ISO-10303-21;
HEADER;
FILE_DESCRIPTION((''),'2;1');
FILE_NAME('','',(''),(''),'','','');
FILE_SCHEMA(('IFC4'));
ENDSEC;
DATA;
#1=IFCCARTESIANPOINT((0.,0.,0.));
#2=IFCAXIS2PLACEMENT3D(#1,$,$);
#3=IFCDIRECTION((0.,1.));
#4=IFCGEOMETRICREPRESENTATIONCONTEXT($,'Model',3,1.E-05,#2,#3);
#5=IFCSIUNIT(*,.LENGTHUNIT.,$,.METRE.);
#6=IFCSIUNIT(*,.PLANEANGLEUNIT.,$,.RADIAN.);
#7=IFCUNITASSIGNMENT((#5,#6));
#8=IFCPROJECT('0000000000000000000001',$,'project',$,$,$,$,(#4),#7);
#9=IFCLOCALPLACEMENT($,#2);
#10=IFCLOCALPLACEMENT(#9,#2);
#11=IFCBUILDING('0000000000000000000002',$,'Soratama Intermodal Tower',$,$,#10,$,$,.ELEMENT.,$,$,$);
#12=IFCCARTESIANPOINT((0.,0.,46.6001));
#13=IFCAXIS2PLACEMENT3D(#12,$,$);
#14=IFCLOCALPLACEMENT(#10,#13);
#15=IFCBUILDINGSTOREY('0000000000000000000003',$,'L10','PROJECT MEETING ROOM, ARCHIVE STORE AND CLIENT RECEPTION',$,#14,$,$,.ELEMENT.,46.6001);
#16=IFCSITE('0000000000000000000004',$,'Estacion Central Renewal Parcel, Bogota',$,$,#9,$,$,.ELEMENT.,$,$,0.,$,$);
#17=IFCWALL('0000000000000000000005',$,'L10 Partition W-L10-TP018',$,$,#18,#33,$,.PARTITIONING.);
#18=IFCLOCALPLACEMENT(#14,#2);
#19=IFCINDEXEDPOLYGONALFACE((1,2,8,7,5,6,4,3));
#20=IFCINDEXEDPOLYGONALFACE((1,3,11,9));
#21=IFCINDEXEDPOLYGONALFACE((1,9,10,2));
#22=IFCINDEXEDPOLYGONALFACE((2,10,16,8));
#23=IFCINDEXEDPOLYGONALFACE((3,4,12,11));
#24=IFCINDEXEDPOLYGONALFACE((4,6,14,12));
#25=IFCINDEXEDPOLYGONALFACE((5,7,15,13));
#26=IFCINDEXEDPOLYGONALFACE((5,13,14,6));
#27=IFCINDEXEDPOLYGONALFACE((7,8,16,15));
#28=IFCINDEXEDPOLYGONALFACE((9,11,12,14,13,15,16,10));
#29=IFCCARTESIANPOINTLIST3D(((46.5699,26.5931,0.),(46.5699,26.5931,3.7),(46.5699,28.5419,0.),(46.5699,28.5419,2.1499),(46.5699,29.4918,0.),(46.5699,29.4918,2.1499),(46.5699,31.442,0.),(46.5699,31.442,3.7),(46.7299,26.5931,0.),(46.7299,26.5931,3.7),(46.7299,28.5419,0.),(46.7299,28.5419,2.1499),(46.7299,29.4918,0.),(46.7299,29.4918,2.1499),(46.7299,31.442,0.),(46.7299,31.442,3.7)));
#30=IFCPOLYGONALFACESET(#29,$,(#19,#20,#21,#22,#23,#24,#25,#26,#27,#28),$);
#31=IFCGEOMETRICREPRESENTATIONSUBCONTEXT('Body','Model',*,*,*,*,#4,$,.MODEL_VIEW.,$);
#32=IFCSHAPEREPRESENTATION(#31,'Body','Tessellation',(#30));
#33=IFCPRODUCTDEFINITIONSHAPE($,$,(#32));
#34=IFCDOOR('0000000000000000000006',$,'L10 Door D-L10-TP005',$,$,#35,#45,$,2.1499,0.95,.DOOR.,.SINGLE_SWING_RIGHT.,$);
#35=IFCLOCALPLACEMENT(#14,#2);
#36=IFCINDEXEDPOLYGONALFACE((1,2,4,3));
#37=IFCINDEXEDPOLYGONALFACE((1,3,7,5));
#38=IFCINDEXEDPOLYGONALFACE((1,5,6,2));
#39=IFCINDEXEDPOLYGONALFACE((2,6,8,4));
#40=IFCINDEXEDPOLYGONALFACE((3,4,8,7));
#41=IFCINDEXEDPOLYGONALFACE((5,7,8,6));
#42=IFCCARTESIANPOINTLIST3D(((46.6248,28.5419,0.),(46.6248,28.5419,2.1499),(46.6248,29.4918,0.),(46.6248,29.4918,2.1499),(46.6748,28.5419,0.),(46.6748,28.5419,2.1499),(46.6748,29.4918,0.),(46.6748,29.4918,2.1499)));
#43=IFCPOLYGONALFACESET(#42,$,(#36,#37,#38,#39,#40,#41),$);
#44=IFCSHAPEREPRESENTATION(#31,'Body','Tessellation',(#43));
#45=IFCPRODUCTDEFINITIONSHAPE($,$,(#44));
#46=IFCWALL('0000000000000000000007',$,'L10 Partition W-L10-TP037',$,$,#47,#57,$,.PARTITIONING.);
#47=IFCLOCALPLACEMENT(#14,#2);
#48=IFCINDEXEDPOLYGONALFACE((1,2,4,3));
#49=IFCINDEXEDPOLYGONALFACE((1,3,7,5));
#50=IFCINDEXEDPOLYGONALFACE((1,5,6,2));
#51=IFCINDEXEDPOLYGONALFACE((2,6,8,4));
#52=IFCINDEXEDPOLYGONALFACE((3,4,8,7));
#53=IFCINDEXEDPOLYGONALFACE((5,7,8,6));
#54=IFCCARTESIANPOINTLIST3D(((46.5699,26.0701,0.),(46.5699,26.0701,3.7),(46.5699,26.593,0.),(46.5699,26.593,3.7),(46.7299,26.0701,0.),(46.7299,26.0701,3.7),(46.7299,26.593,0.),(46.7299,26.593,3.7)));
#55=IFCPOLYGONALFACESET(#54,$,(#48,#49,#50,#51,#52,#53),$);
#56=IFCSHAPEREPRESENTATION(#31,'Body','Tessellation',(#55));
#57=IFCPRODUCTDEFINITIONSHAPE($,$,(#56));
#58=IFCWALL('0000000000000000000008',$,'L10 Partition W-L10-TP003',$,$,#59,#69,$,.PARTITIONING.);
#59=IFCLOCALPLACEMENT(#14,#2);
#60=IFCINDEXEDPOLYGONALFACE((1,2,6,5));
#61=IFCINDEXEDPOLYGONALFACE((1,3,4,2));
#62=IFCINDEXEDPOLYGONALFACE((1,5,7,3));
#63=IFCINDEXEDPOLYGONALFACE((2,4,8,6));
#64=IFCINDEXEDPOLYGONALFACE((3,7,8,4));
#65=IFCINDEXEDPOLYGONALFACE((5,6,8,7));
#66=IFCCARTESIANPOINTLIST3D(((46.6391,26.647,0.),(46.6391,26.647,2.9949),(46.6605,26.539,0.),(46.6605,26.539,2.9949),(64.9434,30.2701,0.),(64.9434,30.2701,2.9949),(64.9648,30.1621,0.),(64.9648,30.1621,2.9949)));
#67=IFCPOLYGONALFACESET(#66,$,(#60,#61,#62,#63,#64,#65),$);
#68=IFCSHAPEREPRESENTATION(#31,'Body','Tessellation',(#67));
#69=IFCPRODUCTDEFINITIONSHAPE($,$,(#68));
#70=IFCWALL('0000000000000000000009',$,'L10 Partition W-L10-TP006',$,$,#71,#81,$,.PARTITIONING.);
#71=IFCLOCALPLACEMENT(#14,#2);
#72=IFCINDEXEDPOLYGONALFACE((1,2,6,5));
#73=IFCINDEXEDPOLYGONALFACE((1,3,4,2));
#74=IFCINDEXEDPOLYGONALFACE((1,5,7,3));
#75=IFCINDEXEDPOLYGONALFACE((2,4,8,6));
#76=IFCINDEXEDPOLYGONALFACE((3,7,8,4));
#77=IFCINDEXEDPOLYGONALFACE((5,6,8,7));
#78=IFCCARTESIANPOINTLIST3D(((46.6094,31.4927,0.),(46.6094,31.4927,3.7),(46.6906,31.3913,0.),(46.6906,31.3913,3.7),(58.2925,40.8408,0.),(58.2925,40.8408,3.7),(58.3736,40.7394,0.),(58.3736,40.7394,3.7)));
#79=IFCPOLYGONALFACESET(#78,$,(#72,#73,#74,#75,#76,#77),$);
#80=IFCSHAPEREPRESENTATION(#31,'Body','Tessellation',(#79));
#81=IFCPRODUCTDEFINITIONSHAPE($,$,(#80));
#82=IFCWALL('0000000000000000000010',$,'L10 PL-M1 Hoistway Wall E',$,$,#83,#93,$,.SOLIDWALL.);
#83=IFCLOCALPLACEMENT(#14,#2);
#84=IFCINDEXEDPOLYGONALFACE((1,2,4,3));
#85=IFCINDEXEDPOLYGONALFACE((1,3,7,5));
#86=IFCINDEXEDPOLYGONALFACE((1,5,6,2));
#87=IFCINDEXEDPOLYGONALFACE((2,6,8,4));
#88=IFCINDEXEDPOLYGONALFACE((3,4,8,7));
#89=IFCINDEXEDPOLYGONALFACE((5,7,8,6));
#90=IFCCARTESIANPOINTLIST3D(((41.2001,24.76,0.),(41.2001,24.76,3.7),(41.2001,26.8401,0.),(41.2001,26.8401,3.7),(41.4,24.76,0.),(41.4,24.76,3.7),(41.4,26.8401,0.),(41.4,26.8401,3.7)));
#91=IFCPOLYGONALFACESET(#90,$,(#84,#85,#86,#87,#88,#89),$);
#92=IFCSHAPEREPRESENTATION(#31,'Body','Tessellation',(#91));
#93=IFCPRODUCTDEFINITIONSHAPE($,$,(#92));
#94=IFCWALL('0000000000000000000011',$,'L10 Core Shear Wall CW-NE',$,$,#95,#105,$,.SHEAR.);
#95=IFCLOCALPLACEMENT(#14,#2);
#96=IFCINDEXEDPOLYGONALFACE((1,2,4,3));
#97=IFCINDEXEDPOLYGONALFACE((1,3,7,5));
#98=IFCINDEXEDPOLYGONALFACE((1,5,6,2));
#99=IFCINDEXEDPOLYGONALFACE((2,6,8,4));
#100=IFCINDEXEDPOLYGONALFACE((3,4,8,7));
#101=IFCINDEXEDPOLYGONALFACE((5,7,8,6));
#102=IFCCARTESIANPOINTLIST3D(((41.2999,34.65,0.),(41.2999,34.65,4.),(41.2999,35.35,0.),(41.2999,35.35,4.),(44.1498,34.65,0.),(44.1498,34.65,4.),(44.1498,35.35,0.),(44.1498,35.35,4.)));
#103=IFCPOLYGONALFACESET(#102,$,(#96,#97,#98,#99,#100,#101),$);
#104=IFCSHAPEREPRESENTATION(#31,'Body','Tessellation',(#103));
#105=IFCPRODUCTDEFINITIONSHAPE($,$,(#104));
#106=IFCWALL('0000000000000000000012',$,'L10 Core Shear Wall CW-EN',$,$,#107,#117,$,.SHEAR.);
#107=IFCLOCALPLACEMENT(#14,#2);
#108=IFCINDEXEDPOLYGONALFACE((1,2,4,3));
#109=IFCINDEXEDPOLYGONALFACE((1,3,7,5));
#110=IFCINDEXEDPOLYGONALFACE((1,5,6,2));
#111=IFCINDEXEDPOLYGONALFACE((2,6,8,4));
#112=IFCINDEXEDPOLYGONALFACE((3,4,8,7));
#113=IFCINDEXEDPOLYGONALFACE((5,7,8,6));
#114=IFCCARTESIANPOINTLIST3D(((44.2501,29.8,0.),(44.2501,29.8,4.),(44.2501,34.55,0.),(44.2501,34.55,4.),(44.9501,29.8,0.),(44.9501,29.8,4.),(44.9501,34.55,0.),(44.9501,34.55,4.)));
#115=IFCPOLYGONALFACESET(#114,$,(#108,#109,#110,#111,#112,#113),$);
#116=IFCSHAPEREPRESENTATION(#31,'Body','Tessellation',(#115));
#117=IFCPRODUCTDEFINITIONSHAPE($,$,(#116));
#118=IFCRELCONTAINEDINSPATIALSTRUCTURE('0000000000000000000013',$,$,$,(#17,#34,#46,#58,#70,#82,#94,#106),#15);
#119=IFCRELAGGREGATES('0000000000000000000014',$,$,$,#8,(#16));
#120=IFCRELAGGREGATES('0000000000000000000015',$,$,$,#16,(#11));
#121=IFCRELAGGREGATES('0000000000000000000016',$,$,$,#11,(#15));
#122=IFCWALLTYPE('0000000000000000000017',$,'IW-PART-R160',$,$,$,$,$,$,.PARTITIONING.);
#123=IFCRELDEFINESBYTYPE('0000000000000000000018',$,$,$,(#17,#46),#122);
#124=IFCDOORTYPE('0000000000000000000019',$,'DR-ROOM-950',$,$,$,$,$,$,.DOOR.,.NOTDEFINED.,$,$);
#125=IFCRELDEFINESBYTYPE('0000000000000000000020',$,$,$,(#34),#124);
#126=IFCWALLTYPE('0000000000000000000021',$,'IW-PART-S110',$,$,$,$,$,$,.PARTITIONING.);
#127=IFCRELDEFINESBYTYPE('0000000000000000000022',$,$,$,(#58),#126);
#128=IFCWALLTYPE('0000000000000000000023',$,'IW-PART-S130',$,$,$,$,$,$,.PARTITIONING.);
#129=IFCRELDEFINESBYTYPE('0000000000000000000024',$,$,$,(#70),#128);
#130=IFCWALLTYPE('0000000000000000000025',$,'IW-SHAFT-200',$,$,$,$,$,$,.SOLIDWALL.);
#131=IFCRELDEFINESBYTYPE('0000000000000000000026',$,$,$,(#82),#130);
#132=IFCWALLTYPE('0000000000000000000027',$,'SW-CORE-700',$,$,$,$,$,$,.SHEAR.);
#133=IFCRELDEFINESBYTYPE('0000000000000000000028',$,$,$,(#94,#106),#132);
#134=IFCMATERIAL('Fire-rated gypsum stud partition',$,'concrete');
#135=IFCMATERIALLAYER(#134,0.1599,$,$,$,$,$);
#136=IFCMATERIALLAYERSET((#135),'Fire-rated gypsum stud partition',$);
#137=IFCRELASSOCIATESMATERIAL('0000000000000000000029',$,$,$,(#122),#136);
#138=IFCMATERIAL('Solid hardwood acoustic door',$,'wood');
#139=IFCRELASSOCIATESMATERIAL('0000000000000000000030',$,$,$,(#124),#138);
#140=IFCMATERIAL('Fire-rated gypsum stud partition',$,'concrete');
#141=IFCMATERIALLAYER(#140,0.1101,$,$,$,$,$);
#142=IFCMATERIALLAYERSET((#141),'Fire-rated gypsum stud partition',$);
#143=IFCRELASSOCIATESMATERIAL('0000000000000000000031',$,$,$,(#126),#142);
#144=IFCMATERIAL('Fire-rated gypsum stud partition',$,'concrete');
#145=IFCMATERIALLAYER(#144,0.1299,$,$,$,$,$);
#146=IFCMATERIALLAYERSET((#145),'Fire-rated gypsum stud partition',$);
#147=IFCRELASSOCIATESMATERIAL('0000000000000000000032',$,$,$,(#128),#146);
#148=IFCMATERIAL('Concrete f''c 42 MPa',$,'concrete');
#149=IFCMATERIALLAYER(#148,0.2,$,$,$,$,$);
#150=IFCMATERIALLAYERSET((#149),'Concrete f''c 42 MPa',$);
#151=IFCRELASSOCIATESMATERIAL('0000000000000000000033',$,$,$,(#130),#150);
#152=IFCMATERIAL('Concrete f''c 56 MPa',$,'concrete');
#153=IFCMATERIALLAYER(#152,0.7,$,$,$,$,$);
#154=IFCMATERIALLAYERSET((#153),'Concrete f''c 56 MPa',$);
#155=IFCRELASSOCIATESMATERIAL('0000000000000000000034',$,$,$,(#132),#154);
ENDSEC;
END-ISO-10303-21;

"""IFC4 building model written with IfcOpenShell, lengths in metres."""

from ifc_helpers import new_model, si_unit, direction, frame, frame_2d, origin, place, context, subcontext, project, spatial, rectangle, extrude, material, layer, layer_set, type_object, element, fill, save


model = new_model("IFC4")

# Units and contexts
model_context = context("Model", 3, precision=1e-05, world=origin(), true_north=direction((0.0, 1.0)))
body_context = subcontext(model_context, "Body", "Model", "MODEL_VIEW")
ifc_project = project(units=[si_unit("LENGTHUNIT", "METRE"), si_unit("PLANEANGLEUNIT", "RADIAN")], contexts=[model_context])

# Site, building, storey
site_placement = place(None, origin())
site = spatial("IfcSite", under=ifc_project, at=site_placement, Name="Estacion Central Renewal Parcel, Bogota", CompositionType="ELEMENT", RefElevation=0.0)
building_placement = place(site_placement, origin())
building = spatial("IfcBuilding", under=site, at=building_placement, Name="Soratama Intermodal Tower", CompositionType="ELEMENT")
storey_placement = place(building_placement, frame((0.0, 0.0, 46.6001)))
storey = spatial("IfcBuildingStorey", under=building, at=storey_placement, Name="L10", Description="PROJECT MEETING ROOM, ARCHIVE STORE AND CLIENT RECEPTION", CompositionType="ELEMENT", Elevation=46.6001)

# Wall, opening, door
ifc_material_1 = material(Name="Fire-rated gypsum stud partition", Category="concrete")
ifc_layer_1 = layer(ifc_material_1, 0.1599)
ifc_layer_set_1 = layer_set([ifc_layer_1], Name="Fire-rated gypsum stud partition")
wall_type_1 = type_object("IfcWallType", Name="IW-PART-R160", PredefinedType="PARTITIONING", material=ifc_layer_set_1)
ifc_material_2 = material(Name="Solid hardwood acoustic door", Category="wood")
door_type_1 = type_object("IfcDoorType", Name="DR-ROOM-950", OperationType="NOTDEFINED", PredefinedType="DOOR", material=ifc_material_2)
wall_1_placement = place(storey_placement, frame((46.6499, 31.4419, 0.0), z_axis=(0.0, 0.0, 1.0), x_axis=(0.0, -1.0, 0.0)))
wall_1 = element("IfcWall", 1, at=wall_1_placement, inside=storey, type_object=wall_type_1, Name="L10 Partition W-L10-TP018", PredefinedType="PARTITIONING", context=body_context, shape_type="SweptSolid", body=[
    extrude(rectangle(XDim=4.8489, YDim=0.1599, at=frame_2d((2.4243, 0.0))), origin(), (0.0, 0.0, 1.0), 3.7),
])
opening_1_placement = place(wall_1_placement, frame((1.95, 0.0, 0.0)))
opening_1 = element("IfcOpeningElement", 2, at=opening_1_placement, cuts=wall_1, PredefinedType="OPENING", context=body_context, shape_type="SweptSolid", body=[
    extrude(rectangle(XDim=0.95, YDim=2.1499, at=frame_2d((0.4751, 1.075))), frame((0.0, 0.0898, 0.0), z_axis=(0.0, -1.0, 0.0), x_axis=(1.0, 0.0, 0.0)), (0.0, 0.0, 1.0), 0.1799),
])
door_1_placement = place(opening_1_placement, origin())
door_1 = element("IfcDoor", 3, at=door_1_placement, inside=storey, type_object=door_type_1, Name="L10 Door D-L10-TP005", OperationType="SINGLE_SWING_RIGHT", OverallHeight=2.1499, OverallWidth=0.95, PredefinedType="DOOR", context=body_context, shape_type="SweptSolid", body=[
    extrude(rectangle(XDim=0.95, YDim=2.1499, at=frame_2d((0.4751, 1.075))), frame((0.0, 0.0249, 0.0), z_axis=(0.0, -1.0, 0.0), x_axis=(1.0, 0.0, 0.0)), (0.0, 0.0, 1.0), 0.05),
])
fill(opening_1, door_1)

# Walls
wall_2_placement = place(storey_placement, frame((46.6499, 26.593, 0.0), z_axis=(0.0, 0.0, 1.0), x_axis=(0.0, -1.0, 0.0)))
element("IfcWall", 4, at=wall_2_placement, inside=storey, type_object=wall_type_1, Name="L10 Partition W-L10-TP037", PredefinedType="PARTITIONING", context=body_context, shape_type="SweptSolid", body=[
    extrude(rectangle(XDim=0.5229, YDim=0.1599, at=frame_2d((0.2615, 0.0))), origin(), (0.0, 0.0, 1.0), 3.7),
])
ifc_material_3 = material(Name="Fire-rated gypsum stud partition", Category="concrete")
ifc_layer_2 = layer(ifc_material_3, 0.1101)
ifc_layer_set_2 = layer_set([ifc_layer_2], Name="Fire-rated gypsum stud partition")
wall_type_2 = type_object("IfcWallType", Name="IW-PART-S110", PredefinedType="PARTITIONING", material=ifc_layer_set_2)
wall_3_placement = place(storey_placement, frame((46.6499, 26.593, 0.0), z_axis=(0.0, 0.0, 1.0), x_axis=(0.980968, 0.194168, 0.0)))
element("IfcWall", 5, at=wall_3_placement, inside=storey, type_object=wall_type_2, Name="L10 Partition W-L10-TP003", PredefinedType="PARTITIONING", context=body_context, shape_type="SweptSolid", body=[
    extrude(rectangle(XDim=18.6594, YDim=0.1101, at=frame_2d((9.3296, 0.0))), origin(), (0.0, 0.0, 1.0), 2.9949),
])
ifc_material_4 = material(Name="Fire-rated gypsum stud partition", Category="concrete")
ifc_layer_3 = layer(ifc_material_4, 0.1299)
ifc_layer_set_3 = layer_set([ifc_layer_3], Name="Fire-rated gypsum stud partition")
wall_type_3 = type_object("IfcWallType", Name="IW-PART-S130", PredefinedType="PARTITIONING", material=ifc_layer_set_3)
wall_4_placement = place(storey_placement, frame((46.6499, 31.4419, 0.0), z_axis=(0.0, 0.0, 1.0), x_axis=(0.780815, 0.624763, 0.0)))
element("IfcWall", 6, at=wall_4_placement, inside=storey, type_object=wall_type_3, Name="L10 Partition W-L10-TP006", PredefinedType="PARTITIONING", context=body_context, shape_type="SweptSolid", body=[
    extrude(rectangle(XDim=14.9626, YDim=0.1299, at=frame_2d((7.4814, 0.0))), origin(), (0.0, 0.0, 1.0), 3.7),
])
ifc_material_5 = material(Name="Concrete f'c 42 MPa", Category="concrete")
ifc_layer_4 = layer(ifc_material_5, 0.2)
ifc_layer_set_4 = layer_set([ifc_layer_4], Name="Concrete f'c 42 MPa")
wall_type_4 = type_object("IfcWallType", Name="IW-SHAFT-200", PredefinedType="SOLIDWALL", material=ifc_layer_set_4)
wall_5_placement = place(storey_placement, frame((41.3, 24.76, 0.0), z_axis=(0.0, 0.0, 1.0), x_axis=(0.0, 1.0, 0.0)))
element("IfcWall", 7, at=wall_5_placement, inside=storey, type_object=wall_type_4, Name="L10 PL-M1 Hoistway Wall E", PredefinedType="SOLIDWALL", context=body_context, shape_type="SweptSolid", body=[
    extrude(rectangle(XDim=2.0801, YDim=0.2, at=frame_2d((1.04, 0.0))), origin(), (0.0, 0.0, 1.0), 3.7),
])
ifc_material_6 = material(Name="Concrete f'c 56 MPa", Category="concrete")
ifc_layer_5 = layer(ifc_material_6, 0.7)
ifc_layer_set_5 = layer_set([ifc_layer_5], Name="Concrete f'c 56 MPa")
wall_type_5 = type_object("IfcWallType", Name="SW-CORE-700", PredefinedType="SHEAR", material=ifc_layer_set_5)
wall_6_placement = place(storey_placement, frame((41.3, 35.0, 0.0), z_axis=(0.0, 0.0, 1.0), x_axis=(1.0, 0.0, 0.0)))
element("IfcWall", 8, at=wall_6_placement, inside=storey, type_object=wall_type_5, Name="L10 Core Shear Wall CW-NE", PredefinedType="SHEAR", context=body_context, shape_type="SweptSolid", body=[
    extrude(rectangle(XDim=2.8499, YDim=0.7, at=frame_2d((1.4248, 0.0))), origin(), (0.0, 0.0, 1.0), 4.0),
])
wall_7_placement = place(storey_placement, frame((44.6001, 29.8, 0.0), z_axis=(0.0, 0.0, 1.0), x_axis=(0.0, 1.0, 0.0)))
element("IfcWall", 9, at=wall_7_placement, inside=storey, type_object=wall_type_5, Name="L10 Core Shear Wall CW-EN", PredefinedType="SHEAR", context=body_context, shape_type="SweptSolid", body=[
    extrude(rectangle(XDim=4.75, YDim=0.7, at=frame_2d((2.375, 0.0))), origin(), (0.0, 0.0, 1.0), 4.0),
])

save(model, "model.ifc")
